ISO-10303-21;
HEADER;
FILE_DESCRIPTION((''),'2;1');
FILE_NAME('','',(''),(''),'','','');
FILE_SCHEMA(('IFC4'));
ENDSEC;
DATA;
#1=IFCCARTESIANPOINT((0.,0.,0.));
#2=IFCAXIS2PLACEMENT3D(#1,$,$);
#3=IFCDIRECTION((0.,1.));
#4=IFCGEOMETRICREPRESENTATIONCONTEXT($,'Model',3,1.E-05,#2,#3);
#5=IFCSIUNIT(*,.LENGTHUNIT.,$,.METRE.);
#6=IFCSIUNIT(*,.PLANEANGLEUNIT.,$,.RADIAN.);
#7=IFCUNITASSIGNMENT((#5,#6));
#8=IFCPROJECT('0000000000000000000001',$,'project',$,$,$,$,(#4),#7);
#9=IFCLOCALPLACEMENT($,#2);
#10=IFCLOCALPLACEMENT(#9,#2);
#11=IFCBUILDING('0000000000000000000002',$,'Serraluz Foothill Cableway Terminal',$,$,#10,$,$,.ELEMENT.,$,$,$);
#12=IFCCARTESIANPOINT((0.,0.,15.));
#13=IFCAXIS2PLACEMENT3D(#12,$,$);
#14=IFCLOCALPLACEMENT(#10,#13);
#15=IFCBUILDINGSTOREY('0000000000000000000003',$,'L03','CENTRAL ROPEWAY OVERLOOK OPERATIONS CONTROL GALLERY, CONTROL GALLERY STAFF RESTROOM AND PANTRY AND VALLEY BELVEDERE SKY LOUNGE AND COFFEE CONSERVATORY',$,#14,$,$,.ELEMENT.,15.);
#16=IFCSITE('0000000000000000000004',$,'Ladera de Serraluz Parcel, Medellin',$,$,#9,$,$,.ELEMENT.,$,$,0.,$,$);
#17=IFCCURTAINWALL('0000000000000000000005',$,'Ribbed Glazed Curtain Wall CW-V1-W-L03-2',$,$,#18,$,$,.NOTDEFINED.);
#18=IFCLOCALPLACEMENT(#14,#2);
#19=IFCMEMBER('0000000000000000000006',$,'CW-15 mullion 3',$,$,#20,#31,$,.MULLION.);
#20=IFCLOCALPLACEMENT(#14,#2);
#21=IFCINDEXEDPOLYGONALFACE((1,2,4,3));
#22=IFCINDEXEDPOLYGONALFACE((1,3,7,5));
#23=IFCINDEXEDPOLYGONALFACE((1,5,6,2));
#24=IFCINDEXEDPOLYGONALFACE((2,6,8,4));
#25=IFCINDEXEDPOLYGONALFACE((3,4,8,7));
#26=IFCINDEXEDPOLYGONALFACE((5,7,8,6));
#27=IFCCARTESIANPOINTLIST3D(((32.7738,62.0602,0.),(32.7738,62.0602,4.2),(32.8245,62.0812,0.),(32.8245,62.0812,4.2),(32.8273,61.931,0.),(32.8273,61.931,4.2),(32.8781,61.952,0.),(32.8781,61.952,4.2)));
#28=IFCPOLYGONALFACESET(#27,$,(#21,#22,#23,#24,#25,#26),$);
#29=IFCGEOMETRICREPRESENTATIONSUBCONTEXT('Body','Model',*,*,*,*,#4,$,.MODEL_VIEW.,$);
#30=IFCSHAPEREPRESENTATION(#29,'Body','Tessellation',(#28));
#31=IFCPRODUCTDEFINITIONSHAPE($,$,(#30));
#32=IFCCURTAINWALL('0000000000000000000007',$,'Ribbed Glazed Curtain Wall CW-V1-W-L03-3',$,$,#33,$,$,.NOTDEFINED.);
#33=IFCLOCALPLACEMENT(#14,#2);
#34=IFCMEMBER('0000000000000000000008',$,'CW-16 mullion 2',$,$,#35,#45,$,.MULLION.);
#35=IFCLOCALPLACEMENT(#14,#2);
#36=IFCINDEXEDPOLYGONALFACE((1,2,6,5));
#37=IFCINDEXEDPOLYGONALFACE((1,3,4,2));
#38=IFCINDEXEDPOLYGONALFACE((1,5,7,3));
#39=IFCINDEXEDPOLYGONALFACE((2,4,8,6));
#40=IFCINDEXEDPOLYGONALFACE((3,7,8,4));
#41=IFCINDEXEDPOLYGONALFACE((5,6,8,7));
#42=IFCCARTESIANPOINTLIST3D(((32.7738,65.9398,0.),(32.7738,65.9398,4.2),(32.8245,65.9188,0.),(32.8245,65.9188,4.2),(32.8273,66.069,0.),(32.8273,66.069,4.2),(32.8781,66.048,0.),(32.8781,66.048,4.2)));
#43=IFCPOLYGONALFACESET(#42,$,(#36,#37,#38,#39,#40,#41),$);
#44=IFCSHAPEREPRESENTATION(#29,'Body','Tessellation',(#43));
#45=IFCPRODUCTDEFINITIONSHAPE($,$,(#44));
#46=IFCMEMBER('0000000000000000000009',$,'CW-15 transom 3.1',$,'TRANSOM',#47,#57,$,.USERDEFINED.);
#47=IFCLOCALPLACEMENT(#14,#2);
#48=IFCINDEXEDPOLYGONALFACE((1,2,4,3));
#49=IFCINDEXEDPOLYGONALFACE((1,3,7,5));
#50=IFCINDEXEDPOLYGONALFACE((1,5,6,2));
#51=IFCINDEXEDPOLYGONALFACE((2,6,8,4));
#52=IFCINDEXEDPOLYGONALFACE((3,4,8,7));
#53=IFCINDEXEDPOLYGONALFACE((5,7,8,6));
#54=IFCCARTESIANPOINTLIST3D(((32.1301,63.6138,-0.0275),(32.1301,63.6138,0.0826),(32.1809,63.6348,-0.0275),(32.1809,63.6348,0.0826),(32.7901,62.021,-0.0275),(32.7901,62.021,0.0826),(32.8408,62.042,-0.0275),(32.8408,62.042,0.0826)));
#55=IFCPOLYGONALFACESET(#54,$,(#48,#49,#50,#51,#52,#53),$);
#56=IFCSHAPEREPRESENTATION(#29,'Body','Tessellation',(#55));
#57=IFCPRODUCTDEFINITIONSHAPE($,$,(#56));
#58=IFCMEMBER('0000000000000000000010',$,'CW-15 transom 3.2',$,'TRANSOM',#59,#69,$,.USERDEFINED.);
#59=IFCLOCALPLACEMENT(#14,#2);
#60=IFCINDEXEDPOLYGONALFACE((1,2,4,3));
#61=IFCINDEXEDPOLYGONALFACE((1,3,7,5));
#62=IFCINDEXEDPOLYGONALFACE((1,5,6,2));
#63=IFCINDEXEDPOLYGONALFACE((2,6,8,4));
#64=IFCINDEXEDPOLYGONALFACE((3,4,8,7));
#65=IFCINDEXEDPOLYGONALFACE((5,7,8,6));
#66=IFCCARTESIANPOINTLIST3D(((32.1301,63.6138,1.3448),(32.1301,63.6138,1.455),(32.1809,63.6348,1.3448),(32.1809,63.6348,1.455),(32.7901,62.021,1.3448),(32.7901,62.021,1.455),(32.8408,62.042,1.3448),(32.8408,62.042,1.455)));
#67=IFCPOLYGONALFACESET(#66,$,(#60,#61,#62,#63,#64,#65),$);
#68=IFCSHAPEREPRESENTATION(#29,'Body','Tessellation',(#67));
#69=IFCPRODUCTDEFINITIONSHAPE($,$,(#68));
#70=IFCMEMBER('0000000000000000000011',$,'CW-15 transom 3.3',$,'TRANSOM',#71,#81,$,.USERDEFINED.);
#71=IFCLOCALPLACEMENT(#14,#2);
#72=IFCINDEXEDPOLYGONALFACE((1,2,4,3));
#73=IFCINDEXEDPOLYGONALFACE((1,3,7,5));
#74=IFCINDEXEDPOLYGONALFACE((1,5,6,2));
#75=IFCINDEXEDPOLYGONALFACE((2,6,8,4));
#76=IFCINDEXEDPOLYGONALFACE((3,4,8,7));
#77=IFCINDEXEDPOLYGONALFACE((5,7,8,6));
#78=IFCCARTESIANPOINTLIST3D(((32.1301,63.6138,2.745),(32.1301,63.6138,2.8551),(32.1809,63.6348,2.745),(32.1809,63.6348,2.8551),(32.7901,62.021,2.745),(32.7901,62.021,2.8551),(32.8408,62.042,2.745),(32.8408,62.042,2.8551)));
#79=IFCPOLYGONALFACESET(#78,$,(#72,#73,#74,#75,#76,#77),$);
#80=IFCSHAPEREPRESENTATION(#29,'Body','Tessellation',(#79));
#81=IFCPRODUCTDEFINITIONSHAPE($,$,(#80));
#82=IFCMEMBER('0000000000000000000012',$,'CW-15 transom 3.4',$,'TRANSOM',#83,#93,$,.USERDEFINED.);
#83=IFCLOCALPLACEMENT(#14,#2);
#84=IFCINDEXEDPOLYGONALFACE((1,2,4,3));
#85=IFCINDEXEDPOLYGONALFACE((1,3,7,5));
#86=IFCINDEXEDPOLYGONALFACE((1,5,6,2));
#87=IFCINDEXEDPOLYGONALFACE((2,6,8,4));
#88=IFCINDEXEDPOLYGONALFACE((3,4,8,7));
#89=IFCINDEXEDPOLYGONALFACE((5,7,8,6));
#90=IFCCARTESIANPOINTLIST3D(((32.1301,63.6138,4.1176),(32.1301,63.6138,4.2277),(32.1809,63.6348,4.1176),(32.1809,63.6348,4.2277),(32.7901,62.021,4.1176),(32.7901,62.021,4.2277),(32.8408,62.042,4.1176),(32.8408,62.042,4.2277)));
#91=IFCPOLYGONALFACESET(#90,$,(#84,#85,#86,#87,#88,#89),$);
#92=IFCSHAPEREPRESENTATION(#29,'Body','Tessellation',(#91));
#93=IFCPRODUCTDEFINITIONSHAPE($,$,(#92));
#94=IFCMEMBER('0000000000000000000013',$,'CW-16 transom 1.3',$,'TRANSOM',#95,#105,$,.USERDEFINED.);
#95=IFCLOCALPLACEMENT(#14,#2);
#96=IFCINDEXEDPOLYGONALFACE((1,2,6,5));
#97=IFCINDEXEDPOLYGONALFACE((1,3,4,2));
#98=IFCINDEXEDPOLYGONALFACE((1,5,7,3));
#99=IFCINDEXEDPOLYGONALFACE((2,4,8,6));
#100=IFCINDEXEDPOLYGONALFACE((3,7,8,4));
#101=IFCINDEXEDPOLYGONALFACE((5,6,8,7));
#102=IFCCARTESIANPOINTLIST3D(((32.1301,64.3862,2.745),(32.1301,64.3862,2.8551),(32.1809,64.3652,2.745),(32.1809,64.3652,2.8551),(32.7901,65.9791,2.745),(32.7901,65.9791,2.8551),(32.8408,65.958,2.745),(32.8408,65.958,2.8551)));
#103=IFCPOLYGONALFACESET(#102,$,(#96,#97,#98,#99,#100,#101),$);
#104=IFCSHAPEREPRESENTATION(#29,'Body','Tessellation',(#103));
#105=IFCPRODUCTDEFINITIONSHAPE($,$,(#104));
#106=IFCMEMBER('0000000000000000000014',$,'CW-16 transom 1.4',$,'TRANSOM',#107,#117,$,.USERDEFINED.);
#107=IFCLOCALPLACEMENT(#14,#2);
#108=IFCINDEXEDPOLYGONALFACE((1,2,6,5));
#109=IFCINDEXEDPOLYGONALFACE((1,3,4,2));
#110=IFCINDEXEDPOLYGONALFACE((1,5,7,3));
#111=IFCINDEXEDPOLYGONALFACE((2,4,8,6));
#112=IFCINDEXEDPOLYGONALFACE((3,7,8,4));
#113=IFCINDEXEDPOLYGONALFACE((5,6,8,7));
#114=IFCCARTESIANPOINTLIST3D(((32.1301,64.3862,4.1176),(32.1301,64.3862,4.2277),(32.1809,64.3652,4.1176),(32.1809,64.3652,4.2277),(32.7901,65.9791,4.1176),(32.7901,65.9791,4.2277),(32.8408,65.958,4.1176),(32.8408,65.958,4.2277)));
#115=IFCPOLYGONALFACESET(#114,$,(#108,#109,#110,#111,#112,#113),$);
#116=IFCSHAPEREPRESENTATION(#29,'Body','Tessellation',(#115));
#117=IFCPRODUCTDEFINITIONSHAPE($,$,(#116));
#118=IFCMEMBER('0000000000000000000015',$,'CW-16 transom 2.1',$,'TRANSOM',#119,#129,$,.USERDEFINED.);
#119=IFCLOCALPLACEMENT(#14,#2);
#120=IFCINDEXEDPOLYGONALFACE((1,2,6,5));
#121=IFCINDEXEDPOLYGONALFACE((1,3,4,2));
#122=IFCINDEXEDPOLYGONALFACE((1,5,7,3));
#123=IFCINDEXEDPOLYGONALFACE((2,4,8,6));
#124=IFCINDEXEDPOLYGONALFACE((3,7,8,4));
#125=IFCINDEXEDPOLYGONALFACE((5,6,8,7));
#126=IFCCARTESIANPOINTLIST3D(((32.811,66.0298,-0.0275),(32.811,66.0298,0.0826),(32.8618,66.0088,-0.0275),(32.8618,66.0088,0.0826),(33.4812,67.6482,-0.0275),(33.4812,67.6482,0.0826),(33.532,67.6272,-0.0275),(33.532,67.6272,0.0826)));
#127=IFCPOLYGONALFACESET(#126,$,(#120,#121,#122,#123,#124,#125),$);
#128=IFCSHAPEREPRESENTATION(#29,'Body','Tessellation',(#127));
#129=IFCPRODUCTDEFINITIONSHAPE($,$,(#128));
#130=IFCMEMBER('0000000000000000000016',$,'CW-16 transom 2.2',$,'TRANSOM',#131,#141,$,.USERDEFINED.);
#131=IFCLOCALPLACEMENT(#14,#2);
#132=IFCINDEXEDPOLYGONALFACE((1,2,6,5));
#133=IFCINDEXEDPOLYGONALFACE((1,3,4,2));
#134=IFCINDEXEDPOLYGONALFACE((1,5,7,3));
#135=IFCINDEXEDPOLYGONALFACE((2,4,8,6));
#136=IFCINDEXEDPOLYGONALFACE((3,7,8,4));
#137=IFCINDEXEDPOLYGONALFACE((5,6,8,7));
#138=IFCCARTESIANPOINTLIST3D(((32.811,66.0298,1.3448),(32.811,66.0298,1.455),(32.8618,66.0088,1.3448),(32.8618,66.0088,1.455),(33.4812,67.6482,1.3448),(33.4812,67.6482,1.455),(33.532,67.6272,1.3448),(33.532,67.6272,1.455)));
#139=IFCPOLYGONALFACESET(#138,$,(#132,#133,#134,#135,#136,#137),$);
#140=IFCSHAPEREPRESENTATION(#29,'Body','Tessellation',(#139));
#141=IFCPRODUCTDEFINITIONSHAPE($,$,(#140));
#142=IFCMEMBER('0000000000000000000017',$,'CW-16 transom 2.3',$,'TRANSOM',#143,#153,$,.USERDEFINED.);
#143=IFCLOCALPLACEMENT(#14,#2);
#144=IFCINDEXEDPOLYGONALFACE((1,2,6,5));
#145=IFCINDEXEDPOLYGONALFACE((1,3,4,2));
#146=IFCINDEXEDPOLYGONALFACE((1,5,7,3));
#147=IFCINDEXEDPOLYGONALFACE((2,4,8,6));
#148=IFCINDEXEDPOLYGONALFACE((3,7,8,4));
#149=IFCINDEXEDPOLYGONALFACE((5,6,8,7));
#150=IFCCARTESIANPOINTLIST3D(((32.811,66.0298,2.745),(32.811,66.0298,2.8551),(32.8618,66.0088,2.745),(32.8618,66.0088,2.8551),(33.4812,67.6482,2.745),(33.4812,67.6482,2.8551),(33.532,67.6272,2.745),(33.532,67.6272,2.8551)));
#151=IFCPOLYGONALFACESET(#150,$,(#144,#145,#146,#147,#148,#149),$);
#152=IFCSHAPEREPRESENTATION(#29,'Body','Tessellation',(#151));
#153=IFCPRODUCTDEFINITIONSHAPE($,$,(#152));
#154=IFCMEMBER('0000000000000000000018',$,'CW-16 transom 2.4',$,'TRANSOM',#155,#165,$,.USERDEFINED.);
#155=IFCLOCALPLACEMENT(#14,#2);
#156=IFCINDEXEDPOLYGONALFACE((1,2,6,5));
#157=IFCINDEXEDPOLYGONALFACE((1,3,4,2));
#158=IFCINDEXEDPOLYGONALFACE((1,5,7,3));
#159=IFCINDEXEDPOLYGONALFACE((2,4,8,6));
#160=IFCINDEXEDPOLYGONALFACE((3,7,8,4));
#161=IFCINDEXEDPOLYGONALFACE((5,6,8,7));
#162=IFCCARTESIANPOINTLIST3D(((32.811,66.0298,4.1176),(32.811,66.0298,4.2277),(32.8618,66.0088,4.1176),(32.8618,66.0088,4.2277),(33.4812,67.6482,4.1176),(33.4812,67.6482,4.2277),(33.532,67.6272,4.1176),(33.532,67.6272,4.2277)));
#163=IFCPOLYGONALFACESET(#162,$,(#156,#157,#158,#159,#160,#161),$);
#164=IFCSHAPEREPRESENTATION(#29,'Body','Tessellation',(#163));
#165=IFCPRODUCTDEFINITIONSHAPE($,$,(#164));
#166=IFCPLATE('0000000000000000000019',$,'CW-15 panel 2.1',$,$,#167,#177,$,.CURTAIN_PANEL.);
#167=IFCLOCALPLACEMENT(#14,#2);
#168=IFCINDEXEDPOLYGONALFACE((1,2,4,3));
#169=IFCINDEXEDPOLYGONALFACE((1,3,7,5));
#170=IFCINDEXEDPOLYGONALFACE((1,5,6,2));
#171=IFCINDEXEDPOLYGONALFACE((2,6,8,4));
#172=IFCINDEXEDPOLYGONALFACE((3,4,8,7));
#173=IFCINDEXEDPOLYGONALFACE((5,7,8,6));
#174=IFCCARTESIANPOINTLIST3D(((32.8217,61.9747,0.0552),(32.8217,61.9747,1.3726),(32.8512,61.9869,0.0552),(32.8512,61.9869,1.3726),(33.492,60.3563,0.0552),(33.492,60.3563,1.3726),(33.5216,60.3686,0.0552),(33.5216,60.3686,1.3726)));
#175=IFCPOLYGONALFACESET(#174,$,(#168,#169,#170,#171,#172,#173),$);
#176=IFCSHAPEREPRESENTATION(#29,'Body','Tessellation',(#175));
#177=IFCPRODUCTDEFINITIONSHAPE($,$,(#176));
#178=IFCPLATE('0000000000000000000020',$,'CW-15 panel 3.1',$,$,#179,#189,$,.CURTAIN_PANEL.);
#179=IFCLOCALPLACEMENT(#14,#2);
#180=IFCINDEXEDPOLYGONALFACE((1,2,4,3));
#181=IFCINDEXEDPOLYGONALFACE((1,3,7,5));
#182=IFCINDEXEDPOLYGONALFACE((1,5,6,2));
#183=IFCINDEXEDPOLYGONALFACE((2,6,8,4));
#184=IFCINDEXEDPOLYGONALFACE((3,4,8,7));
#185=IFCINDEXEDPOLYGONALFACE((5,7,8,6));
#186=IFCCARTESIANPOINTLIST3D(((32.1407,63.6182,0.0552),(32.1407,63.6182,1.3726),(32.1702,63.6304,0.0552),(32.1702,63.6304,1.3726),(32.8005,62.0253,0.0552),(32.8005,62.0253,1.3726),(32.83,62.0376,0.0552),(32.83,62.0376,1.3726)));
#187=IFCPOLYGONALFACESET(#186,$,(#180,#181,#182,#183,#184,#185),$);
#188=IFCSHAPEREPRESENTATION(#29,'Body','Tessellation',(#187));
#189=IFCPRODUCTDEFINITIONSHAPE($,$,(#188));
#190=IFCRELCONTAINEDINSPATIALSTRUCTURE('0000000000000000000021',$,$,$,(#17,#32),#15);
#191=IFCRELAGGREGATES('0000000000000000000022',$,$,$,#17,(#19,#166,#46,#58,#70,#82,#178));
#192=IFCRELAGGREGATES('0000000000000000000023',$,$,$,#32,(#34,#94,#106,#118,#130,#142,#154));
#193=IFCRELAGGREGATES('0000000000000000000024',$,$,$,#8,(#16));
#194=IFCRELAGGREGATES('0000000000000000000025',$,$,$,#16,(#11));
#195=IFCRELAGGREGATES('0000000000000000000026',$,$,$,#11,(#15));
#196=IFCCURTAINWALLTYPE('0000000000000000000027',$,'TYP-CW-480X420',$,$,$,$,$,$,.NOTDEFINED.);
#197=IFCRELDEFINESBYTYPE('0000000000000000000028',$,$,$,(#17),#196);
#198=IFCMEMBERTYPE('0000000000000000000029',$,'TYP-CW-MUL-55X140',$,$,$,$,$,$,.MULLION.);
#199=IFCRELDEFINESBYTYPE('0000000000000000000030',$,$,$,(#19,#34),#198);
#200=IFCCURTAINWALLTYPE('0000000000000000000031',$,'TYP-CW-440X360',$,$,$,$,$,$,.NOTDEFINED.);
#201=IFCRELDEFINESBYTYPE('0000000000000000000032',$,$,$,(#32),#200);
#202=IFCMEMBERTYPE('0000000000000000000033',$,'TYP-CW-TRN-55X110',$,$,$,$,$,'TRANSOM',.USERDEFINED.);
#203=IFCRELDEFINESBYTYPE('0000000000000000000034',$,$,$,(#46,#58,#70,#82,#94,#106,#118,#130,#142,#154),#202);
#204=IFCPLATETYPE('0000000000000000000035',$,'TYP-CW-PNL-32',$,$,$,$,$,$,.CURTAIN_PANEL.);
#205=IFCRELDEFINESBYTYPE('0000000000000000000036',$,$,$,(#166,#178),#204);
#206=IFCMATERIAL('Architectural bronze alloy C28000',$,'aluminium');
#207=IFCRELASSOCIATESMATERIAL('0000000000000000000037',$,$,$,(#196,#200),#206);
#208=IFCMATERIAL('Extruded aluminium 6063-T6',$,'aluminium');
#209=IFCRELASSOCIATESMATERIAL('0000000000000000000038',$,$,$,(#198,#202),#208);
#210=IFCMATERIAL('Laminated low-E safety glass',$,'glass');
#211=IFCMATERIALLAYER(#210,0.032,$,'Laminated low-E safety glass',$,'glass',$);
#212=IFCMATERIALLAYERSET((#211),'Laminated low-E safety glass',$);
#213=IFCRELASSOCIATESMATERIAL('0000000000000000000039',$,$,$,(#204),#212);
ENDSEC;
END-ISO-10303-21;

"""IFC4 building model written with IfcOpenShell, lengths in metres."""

from ifc_helpers import new_model, si_unit, direction, frame, origin, origin_2d, place, context, subcontext, project, spatial, rectangle, extrude, material, layer, layer_set, material_profile, profile_set, type_object, element, aggregate, save


model = new_model("IFC4")

# Units and contexts
model_context = context("Model", 3, precision=1e-05, world=origin(), true_north=direction((0.0, 1.0)))
body_context = subcontext(model_context, "Body", "Model", "MODEL_VIEW")
ifc_project = project(units=[si_unit("LENGTHUNIT", "METRE"), si_unit("PLANEANGLEUNIT", "RADIAN")], contexts=[model_context])

# Site, building, storey
site_placement = place(None, origin())
site = spatial("IfcSite", under=ifc_project, at=site_placement, Name="Ladera de Serraluz Parcel, Medellin", CompositionType="ELEMENT", RefElevation=0.0)
building_placement = place(site_placement, origin())
building = spatial("IfcBuilding", under=site, at=building_placement, Name="Serraluz Foothill Cableway Terminal", CompositionType="ELEMENT")
storey_placement = place(building_placement, frame((0.0, 0.0, 15.0)))
storey = spatial("IfcBuildingStorey", under=building, at=storey_placement, Name="L03", Description="CENTRAL ROPEWAY OVERLOOK OPERATIONS CONTROL GALLERY, CONTROL GALLERY STAFF RESTROOM AND PANTRY AND VALLEY BELVEDERE SKY LOUNGE AND COFFEE CONSERVATORY", CompositionType="ELEMENT", Elevation=15.0)

# Curtain walls, members
ifc_material_1 = material(Name="Architectural bronze alloy C28000", Category="aluminium")
curtain_wall_type_1 = type_object("IfcCurtainWallType", Name="TYP-CW-480X420", PredefinedType="NOTDEFINED", material=ifc_material_1)
curtain_wall_1_placement = place(storey_placement, origin())
curtain_wall_1 = element("IfcCurtainWall", 1, at=curtain_wall_1_placement, inside=storey, type_object=curtain_wall_type_1, Name="Ribbed Glazed Curtain Wall CW-V1-W-L03-2", PredefinedType="NOTDEFINED")
ifc_material_2 = material(Name="Extruded aluminium 6063-T6", Category="aluminium")
ifc_material_profile_1 = material_profile(ifc_material_2, rectangle(XDim=0.0549, YDim=0.1399, at=origin_2d()), Name="ALU MULLION 55x140")
ifc_profile_set_1 = profile_set([ifc_material_profile_1], Name="Extruded aluminium 6063-T6")
member_type_1 = type_object("IfcMemberType", Name="TYP-CW-MUL-55X140", PredefinedType="MULLION", material=ifc_profile_set_1)
member_1_placement = place(storey_placement, frame((32.8259, 62.0061, 0.0), z_axis=(0.0, 0.0, 1.0), x_axis=(-0.923879, -0.382685, 0.0)))
member_1 = element("IfcMember", 2, at=member_1_placement, type_object=member_type_1, Name="CW-15 mullion 3", PredefinedType="MULLION", context=body_context, shape_type="SweptSolid", body=[
    extrude(rectangle(XDim=0.0549, YDim=0.1399, at=origin_2d()), origin(), (0.0, 0.0, 1.0), 4.2),
])
curtain_wall_type_2 = type_object("IfcCurtainWallType", Name="TYP-CW-440X360", PredefinedType="NOTDEFINED", material=ifc_material_1)
curtain_wall_2_placement = place(storey_placement, origin())
curtain_wall_2 = element("IfcCurtainWall", 3, at=curtain_wall_2_placement, inside=storey, type_object=curtain_wall_type_2, Name="Ribbed Glazed Curtain Wall CW-V1-W-L03-3", PredefinedType="NOTDEFINED")
member_2_placement = place(storey_placement, frame((32.8259, 65.9939, 0.0), z_axis=(0.0, 0.0, 1.0), x_axis=(-0.923879, 0.382685, 0.0)))
member_2 = element("IfcMember", 4, at=member_2_placement, type_object=member_type_1, Name="CW-16 mullion 2", PredefinedType="MULLION", context=body_context, shape_type="SweptSolid", body=[
    extrude(rectangle(XDim=0.0549, YDim=0.1399, at=origin_2d()), origin(), (0.0, 0.0, 1.0), 4.2),
])

# Members
ifc_material_profile_2 = material_profile(ifc_material_2, rectangle(XDim=0.0549, YDim=0.1101, at=origin_2d()), Name="ALU TRANSOM 55x110")
ifc_profile_set_2 = profile_set([ifc_material_profile_2], Name="Extruded aluminium 6063-T6")
member_type_2 = type_object("IfcMemberType", Name="TYP-CW-TRN-55X110", ElementType="TRANSOM", PredefinedType="USERDEFINED", material=ifc_profile_set_2)
member_3_placement = place(storey_placement, frame((32.8154, 62.0315, 0.0276), z_axis=(-0.382765, 0.923846, 0.0), x_axis=(-0.923846, -0.382765, 0.0)))
member_3 = element("IfcMember", 5, at=member_3_placement, type_object=member_type_2, Name="CW-15 transom 3.1", ObjectType="TRANSOM", PredefinedType="USERDEFINED", context=body_context, shape_type="SweptSolid", body=[
    extrude(rectangle(XDim=0.0549, YDim=0.1101, at=origin_2d()), origin(), (0.0, 0.0, 1.0), 1.7241),
])
member_4_placement = place(storey_placement, frame((32.8154, 62.0315, 1.3999), z_axis=(-0.382765, 0.923846, 0.0), x_axis=(-0.923846, -0.382765, 0.0)))
member_4 = element("IfcMember", 6, at=member_4_placement, type_object=member_type_2, Name="CW-15 transom 3.2", ObjectType="TRANSOM", PredefinedType="USERDEFINED", context=body_context, shape_type="SweptSolid", body=[
    extrude(rectangle(XDim=0.0549, YDim=0.1101, at=origin_2d()), origin(), (0.0, 0.0, 1.0), 1.7241),
])
member_5_placement = place(storey_placement, frame((32.8154, 62.0315, 2.8), z_axis=(-0.382765, 0.923846, 0.0), x_axis=(-0.923846, -0.382765, 0.0)))
member_5 = element("IfcMember", 7, at=member_5_placement, type_object=member_type_2, Name="CW-15 transom 3.3", ObjectType="TRANSOM", PredefinedType="USERDEFINED", context=body_context, shape_type="SweptSolid", body=[
    extrude(rectangle(XDim=0.0549, YDim=0.1101, at=origin_2d()), origin(), (0.0, 0.0, 1.0), 1.7241),
])
member_6_placement = place(storey_placement, frame((32.8154, 62.0315, 4.1726), z_axis=(-0.382765, 0.923846, 0.0), x_axis=(-0.923846, -0.382765, 0.0)))
member_6 = element("IfcMember", 8, at=member_6_placement, type_object=member_type_2, Name="CW-15 transom 3.4", ObjectType="TRANSOM", PredefinedType="USERDEFINED", context=body_context, shape_type="SweptSolid", body=[
    extrude(rectangle(XDim=0.0549, YDim=0.1101, at=origin_2d()), origin(), (0.0, 0.0, 1.0), 1.7241),
])
member_7_placement = place(storey_placement, frame((32.1555, 64.3757, 2.8), z_axis=(0.382765, 0.923846, 0.0), x_axis=(-0.923846, 0.382765, 0.0)))
member_7 = element("IfcMember", 9, at=member_7_placement, type_object=member_type_2, Name="CW-16 transom 1.3", ObjectType="TRANSOM", PredefinedType="USERDEFINED", context=body_context, shape_type="SweptSolid", body=[
    extrude(rectangle(XDim=0.0549, YDim=0.1101, at=origin_2d()), origin(), (0.0, 0.0, 1.0), 1.7241),
])
member_8_placement = place(storey_placement, frame((32.1555, 64.3757, 4.1726), z_axis=(0.382765, 0.923846, 0.0), x_axis=(-0.923846, 0.382765, 0.0)))
member_8 = element("IfcMember", 10, at=member_8_placement, type_object=member_type_2, Name="CW-16 transom 1.4", ObjectType="TRANSOM", PredefinedType="USERDEFINED", context=body_context, shape_type="SweptSolid", body=[
    extrude(rectangle(XDim=0.0549, YDim=0.1101, at=origin_2d()), origin(), (0.0, 0.0, 1.0), 1.7241),
])
member_9_placement = place(storey_placement, frame((32.8364, 66.0193, 0.0276), z_axis=(0.382586, 0.92392, 0.0), x_axis=(-0.92392, 0.382586, 0.0)))
member_9 = element("IfcMember", 11, at=member_9_placement, type_object=member_type_2, Name="CW-16 transom 2.1", ObjectType="TRANSOM", PredefinedType="USERDEFINED", context=body_context, shape_type="SweptSolid", body=[
    extrude(rectangle(XDim=0.0549, YDim=0.1101, at=origin_2d()), origin(), (0.0, 0.0, 1.0), 1.7517),
])
member_10_placement = place(storey_placement, frame((32.8364, 66.0193, 1.3999), z_axis=(0.382586, 0.92392, 0.0), x_axis=(-0.92392, 0.382586, 0.0)))
member_10 = element("IfcMember", 12, at=member_10_placement, type_object=member_type_2, Name="CW-16 transom 2.2", ObjectType="TRANSOM", PredefinedType="USERDEFINED", context=body_context, shape_type="SweptSolid", body=[
    extrude(rectangle(XDim=0.0549, YDim=0.1101, at=origin_2d()), origin(), (0.0, 0.0, 1.0), 1.7517),
])
member_11_placement = place(storey_placement, frame((32.8364, 66.0193, 2.8), z_axis=(0.382586, 0.92392, 0.0), x_axis=(-0.92392, 0.382586, 0.0)))
member_11 = element("IfcMember", 13, at=member_11_placement, type_object=member_type_2, Name="CW-16 transom 2.3", ObjectType="TRANSOM", PredefinedType="USERDEFINED", context=body_context, shape_type="SweptSolid", body=[
    extrude(rectangle(XDim=0.0549, YDim=0.1101, at=origin_2d()), origin(), (0.0, 0.0, 1.0), 1.7517),
])
member_12_placement = place(storey_placement, frame((32.8364, 66.0193, 4.1726), z_axis=(0.382586, 0.92392, 0.0), x_axis=(-0.92392, 0.382586, 0.0)))
member_12 = element("IfcMember", 14, at=member_12_placement, type_object=member_type_2, Name="CW-16 transom 2.4", ObjectType="TRANSOM", PredefinedType="USERDEFINED", context=body_context, shape_type="SweptSolid", body=[
    extrude(rectangle(XDim=0.0549, YDim=0.1101, at=origin_2d()), origin(), (0.0, 0.0, 1.0), 1.7517),
])

# Plates
ifc_material_3 = material(Name="Laminated low-E safety glass", Category="glass")
ifc_layer = layer(ifc_material_3, 0.032, Name="Laminated low-E safety glass", Category="glass")
ifc_layer_set = layer_set([ifc_layer], Name="Laminated low-E safety glass")
plate_type = type_object("IfcPlateType", Name="TYP-CW-PNL-32", PredefinedType="CURTAIN_PANEL", material=ifc_layer_set)
plate_1_placement = place(storey_placement, frame((33.1716, 61.1716, 0.0552), z_axis=(0.0, 0.0, 1.0), x_axis=(-0.382685, 0.923879, 0.0)))
plate_1 = element("IfcPlate", 15, at=plate_1_placement, type_object=plate_type, Name="CW-15 panel 2.1", PredefinedType="CURTAIN_PANEL", context=body_context, shape_type="SweptSolid", body=[
    extrude(rectangle(XDim=1.7517, YDim=0.032, at=origin_2d()), origin(), (0.0, 0.0, 1.0), 1.3174),
])
plate_2_placement = place(storey_placement, frame((32.4854, 62.8279, 0.0552), z_axis=(0.0, 0.0, 1.0), x_axis=(-0.382685, 0.923879, 0.0)))
plate_2 = element("IfcPlate", 16, at=plate_2_placement, type_object=plate_type, Name="CW-15 panel 3.1", PredefinedType="CURTAIN_PANEL", context=body_context, shape_type="SweptSolid", body=[
    extrude(rectangle(XDim=1.7241, YDim=0.032, at=origin_2d()), origin(), (0.0, 0.0, 1.0), 1.3174),
])
aggregate(curtain_wall_1, [member_1, plate_1, member_3, member_4, member_5, member_6, plate_2])
aggregate(curtain_wall_2, [member_2, member_7, member_8, member_9, member_10, member_11, member_12])

save(model, "model.ifc")
